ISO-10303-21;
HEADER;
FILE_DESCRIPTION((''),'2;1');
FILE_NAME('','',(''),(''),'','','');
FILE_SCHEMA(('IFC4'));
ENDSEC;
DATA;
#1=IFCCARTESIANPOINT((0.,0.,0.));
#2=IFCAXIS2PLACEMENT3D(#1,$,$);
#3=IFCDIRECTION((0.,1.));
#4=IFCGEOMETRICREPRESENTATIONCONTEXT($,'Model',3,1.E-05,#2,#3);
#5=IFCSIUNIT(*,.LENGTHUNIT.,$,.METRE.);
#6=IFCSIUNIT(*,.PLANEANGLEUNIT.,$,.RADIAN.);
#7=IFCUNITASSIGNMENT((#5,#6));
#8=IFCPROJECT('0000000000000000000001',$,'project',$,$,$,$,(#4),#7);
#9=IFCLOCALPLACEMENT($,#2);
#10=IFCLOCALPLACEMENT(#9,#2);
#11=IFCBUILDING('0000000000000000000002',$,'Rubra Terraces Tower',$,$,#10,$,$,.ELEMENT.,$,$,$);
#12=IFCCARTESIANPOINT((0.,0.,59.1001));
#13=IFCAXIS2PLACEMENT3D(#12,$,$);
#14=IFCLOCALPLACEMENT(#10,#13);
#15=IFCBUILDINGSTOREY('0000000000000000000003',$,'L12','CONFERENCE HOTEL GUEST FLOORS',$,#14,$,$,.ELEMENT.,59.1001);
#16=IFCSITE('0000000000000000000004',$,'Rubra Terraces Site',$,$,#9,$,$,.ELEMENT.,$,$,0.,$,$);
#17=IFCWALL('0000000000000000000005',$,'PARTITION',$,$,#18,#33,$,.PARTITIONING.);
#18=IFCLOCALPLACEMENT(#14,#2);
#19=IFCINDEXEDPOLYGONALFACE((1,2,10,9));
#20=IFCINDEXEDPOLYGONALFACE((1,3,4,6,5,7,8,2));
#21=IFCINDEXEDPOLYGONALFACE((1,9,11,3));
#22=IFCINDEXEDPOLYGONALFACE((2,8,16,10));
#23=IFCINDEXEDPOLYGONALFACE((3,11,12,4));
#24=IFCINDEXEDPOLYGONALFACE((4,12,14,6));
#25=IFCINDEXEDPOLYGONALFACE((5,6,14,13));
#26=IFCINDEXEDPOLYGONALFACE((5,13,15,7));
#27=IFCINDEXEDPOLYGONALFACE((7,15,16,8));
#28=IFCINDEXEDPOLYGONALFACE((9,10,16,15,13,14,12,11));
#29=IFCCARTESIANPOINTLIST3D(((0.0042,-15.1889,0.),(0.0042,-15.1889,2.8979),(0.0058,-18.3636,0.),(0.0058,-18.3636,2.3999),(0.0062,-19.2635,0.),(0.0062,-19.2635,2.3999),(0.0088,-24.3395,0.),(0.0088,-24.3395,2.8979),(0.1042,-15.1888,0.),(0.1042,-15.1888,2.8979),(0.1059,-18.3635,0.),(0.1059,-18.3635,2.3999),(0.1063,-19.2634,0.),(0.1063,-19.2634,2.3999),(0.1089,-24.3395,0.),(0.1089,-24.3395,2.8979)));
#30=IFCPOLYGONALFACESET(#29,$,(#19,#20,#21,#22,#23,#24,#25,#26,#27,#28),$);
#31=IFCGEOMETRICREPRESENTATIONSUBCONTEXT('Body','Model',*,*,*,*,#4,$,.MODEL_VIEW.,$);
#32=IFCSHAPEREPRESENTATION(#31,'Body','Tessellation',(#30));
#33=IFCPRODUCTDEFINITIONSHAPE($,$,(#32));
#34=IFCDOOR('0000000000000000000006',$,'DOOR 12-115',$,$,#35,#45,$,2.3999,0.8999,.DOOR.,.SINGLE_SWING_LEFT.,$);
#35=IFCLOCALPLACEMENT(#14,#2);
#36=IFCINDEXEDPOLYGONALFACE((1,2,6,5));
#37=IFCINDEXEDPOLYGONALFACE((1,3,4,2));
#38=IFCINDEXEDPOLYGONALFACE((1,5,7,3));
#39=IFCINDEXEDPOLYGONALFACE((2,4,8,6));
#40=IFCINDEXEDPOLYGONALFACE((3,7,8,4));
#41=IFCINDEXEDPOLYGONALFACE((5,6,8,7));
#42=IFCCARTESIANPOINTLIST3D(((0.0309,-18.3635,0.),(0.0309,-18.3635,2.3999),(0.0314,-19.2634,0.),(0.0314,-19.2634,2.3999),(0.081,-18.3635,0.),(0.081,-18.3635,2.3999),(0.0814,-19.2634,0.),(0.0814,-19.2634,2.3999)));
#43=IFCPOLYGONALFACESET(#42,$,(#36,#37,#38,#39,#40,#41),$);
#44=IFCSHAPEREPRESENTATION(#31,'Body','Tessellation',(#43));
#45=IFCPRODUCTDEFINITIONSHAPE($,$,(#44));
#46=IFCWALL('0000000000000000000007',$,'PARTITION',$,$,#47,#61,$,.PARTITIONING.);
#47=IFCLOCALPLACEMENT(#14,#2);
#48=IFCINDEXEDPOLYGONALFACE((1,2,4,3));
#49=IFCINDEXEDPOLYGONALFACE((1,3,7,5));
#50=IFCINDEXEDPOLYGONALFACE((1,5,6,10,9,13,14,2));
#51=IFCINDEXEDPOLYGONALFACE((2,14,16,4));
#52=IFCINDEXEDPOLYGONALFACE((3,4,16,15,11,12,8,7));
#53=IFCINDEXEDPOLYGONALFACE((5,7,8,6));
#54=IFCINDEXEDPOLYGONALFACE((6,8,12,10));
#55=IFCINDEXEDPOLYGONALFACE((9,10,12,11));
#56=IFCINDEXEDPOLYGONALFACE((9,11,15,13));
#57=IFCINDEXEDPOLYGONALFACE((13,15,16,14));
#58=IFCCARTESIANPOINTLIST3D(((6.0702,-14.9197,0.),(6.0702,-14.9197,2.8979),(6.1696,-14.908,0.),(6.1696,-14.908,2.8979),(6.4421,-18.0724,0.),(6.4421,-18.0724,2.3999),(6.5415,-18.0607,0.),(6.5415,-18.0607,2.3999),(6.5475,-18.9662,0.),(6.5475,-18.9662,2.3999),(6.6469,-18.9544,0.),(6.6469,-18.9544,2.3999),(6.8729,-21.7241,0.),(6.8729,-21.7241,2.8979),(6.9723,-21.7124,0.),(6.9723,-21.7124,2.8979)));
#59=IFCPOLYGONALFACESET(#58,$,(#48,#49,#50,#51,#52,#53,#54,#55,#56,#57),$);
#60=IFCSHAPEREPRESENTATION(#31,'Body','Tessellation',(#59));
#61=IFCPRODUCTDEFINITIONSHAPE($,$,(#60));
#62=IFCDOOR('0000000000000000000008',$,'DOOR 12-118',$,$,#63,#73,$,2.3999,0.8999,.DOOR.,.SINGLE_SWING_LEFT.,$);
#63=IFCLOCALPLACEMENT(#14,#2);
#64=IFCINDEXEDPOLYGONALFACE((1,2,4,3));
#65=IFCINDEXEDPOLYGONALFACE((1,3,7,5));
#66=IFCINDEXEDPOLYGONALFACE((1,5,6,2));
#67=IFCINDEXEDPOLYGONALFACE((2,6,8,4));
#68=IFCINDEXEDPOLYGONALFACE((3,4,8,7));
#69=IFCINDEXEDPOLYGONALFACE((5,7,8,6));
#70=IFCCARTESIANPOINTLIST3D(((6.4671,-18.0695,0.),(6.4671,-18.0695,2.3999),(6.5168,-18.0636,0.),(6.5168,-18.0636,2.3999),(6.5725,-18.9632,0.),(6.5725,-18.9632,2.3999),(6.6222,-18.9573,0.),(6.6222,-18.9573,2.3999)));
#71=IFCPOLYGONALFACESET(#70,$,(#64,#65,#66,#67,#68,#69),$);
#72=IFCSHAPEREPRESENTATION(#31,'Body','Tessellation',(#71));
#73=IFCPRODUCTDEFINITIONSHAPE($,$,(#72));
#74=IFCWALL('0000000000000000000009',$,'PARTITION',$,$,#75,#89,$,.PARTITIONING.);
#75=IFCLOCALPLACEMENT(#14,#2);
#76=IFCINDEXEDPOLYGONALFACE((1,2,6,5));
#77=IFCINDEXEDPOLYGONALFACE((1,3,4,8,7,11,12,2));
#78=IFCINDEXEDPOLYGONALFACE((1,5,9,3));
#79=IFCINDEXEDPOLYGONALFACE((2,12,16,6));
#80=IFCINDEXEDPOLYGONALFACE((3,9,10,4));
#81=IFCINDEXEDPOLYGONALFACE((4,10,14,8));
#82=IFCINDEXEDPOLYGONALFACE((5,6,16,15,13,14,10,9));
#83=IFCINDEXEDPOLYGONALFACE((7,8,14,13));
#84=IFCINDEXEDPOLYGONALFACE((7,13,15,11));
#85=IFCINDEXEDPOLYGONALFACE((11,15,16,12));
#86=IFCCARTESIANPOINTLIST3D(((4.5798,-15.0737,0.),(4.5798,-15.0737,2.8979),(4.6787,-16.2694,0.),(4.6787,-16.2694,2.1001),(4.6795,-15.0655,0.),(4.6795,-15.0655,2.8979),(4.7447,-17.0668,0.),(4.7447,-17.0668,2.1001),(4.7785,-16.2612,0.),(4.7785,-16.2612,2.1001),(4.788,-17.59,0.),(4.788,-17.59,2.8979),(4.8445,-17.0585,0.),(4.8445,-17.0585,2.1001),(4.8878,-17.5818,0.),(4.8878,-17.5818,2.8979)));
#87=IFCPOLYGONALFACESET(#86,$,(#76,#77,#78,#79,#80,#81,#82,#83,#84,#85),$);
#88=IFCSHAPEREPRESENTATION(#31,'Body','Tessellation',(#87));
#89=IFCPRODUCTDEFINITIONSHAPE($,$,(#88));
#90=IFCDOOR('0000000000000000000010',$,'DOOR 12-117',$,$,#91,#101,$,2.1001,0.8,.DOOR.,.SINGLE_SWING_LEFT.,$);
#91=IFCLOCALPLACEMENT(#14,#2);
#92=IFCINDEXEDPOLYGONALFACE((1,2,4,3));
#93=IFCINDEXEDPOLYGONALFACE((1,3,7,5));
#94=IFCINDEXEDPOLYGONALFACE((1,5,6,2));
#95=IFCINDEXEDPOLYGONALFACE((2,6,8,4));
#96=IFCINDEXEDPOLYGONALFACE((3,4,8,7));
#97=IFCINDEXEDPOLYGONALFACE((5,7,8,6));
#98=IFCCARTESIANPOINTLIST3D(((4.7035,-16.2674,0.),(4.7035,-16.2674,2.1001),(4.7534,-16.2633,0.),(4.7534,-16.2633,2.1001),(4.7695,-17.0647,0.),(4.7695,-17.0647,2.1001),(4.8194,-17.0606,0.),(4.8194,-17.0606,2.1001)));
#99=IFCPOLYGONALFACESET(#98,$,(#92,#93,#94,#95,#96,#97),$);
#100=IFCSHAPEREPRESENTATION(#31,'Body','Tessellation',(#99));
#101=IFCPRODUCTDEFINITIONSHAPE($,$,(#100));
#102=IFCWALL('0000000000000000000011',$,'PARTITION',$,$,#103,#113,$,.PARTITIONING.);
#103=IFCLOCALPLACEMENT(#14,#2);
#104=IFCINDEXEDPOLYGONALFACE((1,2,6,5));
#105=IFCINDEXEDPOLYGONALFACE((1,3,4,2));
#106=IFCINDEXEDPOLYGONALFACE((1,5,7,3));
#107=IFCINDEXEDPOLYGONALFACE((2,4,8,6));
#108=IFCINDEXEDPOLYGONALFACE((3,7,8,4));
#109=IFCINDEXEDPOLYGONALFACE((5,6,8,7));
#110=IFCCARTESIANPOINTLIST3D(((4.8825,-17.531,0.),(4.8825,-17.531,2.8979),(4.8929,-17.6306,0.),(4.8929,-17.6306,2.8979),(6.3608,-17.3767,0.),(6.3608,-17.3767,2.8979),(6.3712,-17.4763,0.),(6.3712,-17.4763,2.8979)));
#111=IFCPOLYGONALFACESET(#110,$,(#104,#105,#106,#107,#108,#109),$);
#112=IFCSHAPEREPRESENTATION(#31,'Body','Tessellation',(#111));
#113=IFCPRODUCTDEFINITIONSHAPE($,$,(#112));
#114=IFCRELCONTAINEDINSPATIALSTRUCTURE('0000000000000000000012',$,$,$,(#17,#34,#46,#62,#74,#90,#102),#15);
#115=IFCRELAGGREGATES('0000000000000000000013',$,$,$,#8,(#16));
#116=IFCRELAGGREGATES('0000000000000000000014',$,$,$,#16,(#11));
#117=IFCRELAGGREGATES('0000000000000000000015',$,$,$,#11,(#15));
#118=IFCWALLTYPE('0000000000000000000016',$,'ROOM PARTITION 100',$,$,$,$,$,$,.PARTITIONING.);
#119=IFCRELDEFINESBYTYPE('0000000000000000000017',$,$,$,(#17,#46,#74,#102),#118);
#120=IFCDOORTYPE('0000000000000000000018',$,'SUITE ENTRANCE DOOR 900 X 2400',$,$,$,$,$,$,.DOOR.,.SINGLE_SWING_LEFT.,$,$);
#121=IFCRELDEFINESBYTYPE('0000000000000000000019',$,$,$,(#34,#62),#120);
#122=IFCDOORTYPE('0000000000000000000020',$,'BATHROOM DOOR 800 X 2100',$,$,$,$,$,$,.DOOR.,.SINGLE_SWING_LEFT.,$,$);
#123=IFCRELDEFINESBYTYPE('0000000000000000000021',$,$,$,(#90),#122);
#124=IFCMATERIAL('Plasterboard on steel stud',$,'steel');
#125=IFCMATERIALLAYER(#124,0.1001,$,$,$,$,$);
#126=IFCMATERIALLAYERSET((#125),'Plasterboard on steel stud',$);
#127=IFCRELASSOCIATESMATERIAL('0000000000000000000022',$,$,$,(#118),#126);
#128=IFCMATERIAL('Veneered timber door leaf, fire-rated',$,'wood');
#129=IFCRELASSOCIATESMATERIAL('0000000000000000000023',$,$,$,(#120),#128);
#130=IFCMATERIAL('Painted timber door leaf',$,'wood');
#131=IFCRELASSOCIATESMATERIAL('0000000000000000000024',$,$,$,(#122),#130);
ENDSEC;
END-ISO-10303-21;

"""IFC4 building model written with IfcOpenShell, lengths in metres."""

from ifc_helpers import new_model, si_unit, direction, frame, frame_2d, origin, place, context, subcontext, project, spatial, rectangle, extrude, material, layer, layer_set, type_object, element, fill, save


model = new_model("IFC4")

# Units and contexts
model_context = context("Model", 3, precision=1e-05, world=origin(), true_north=direction((0.0, 1.0)))
body_context = subcontext(model_context, "Body", "Model", "MODEL_VIEW")
ifc_project = project(units=[si_unit("LENGTHUNIT", "METRE"), si_unit("PLANEANGLEUNIT", "RADIAN")], contexts=[model_context])

# Site, building, storey
site_placement = place(None, origin())
site = spatial("IfcSite", under=ifc_project, at=site_placement, Name="Rubra Terraces Site", CompositionType="ELEMENT", RefElevation=0.0)
building_placement = place(site_placement, origin())
building = spatial("IfcBuilding", under=site, at=building_placement, Name="Rubra Terraces Tower", CompositionType="ELEMENT")
storey_placement = place(building_placement, frame((0.0, 0.0, 59.1001)))
storey = spatial("IfcBuildingStorey", under=building, at=storey_placement, Name="L12", Description="CONFERENCE HOTEL GUEST FLOORS", CompositionType="ELEMENT", Elevation=59.1001)

# Walls, openings, doors
ifc_material_1 = material(Name="Plasterboard on steel stud", Category="steel")
ifc_layer_1 = layer(ifc_material_1, 0.1001)
ifc_layer_set_1 = layer_set([ifc_layer_1], Name="Plasterboard on steel stud")
wall_type_1 = type_object("IfcWallType", Name="ROOM PARTITION 100", PredefinedType="PARTITIONING", material=ifc_layer_set_1)
wall_1_placement = place(storey_placement, frame((0.0588, -24.3394, 0.0), z_axis=(0.0, 0.0, 1.0), x_axis=(-0.000507, 1.0, 0.0)))
wall_1 = element("IfcWall", 1, at=wall_1_placement, inside=storey, type_object=wall_type_1, Name="PARTITION", PredefinedType="PARTITIONING", context=body_context, shape_type="SweptSolid", body=[
    extrude(rectangle(XDim=9.1506, YDim=0.1001, at=frame_2d((4.5752, 0.0))), origin(), (0.0, 0.0, 1.0), 2.8979),
])
opening_1_placement = place(wall_1_placement, frame((5.0759, 0.0, 0.0)))
opening_1 = element("IfcOpeningElement", 2, at=opening_1_placement, cuts=wall_1, PredefinedType="OPENING", context=body_context, shape_type="SweptSolid", body=[
    extrude(rectangle(XDim=0.8999, YDim=2.3999, at=frame_2d((0.45, 1.2))), frame((0.0, 0.0601, 0.0), z_axis=(0.0, -1.0, 0.0), x_axis=(1.0, 0.0, 0.0)), (0.0, 0.0, 1.0), 0.1201),
])
ifc_material_2 = material(Name="Veneered timber door leaf, fire-rated", Category="wood")
door_type_1 = type_object("IfcDoorType", Name="SUITE ENTRANCE DOOR 900 X 2400", OperationType="SINGLE_SWING_LEFT", PredefinedType="DOOR", material=ifc_material_2)
door_1_placement = place(opening_1_placement, origin())
door_1 = element("IfcDoor", 3, at=door_1_placement, inside=storey, type_object=door_type_1, Name="DOOR 12-115", OperationType="SINGLE_SWING_LEFT", OverallHeight=2.3999, OverallWidth=0.8999, PredefinedType="DOOR", context=body_context, shape_type="SweptSolid", body=[
    extrude(rectangle(XDim=0.8999, YDim=2.3999, at=frame_2d((0.45, 1.2))), frame((0.0, 0.0249, 0.0), z_axis=(0.0, -1.0, 0.0), x_axis=(1.0, 0.0, 0.0)), (0.0, 0.0, 1.0), 0.05),
])
fill(opening_1, door_1)
wall_2_placement = place(storey_placement, frame((6.9226, -21.7183, 0.0), z_axis=(0.0, 0.0, 1.0), x_axis=(-0.11716, 0.993113, 0.0)))
wall_2 = element("IfcWall", 4, at=wall_2_placement, inside=storey, type_object=wall_type_1, Name="PARTITION", PredefinedType="PARTITIONING", context=body_context, shape_type="SweptSolid", body=[
    extrude(rectangle(XDim=6.8516, YDim=0.1001, at=frame_2d((3.4258, 0.0))), origin(), (0.0, 0.0, 1.0), 2.8979),
])
opening_2_placement = place(wall_2_placement, frame((2.7771, 0.0, 0.0)))
opening_2 = element("IfcOpeningElement", 5, at=opening_2_placement, cuts=wall_2, PredefinedType="OPENING", context=body_context, shape_type="SweptSolid", body=[
    extrude(rectangle(XDim=0.8999, YDim=2.3999, at=frame_2d((0.45, 1.2))), frame((0.0, 0.0601, 0.0), z_axis=(0.0, -1.0, 0.0), x_axis=(1.0, 0.0, 0.0)), (0.0, 0.0, 1.0), 0.1201),
])
door_2_placement = place(opening_2_placement, origin())
door_2 = element("IfcDoor", 6, at=door_2_placement, inside=storey, type_object=door_type_1, Name="DOOR 12-118", OperationType="SINGLE_SWING_LEFT", OverallHeight=2.3999, OverallWidth=0.8999, PredefinedType="DOOR", context=body_context, shape_type="SweptSolid", body=[
    extrude(rectangle(XDim=0.8999, YDim=2.3999, at=frame_2d((0.45, 1.2))), frame((0.0, 0.0249, 0.0), z_axis=(0.0, -1.0, 0.0), x_axis=(1.0, 0.0, 0.0)), (0.0, 0.0, 1.0), 0.05),
])
fill(opening_2, door_2)
wall_3_placement = place(storey_placement, frame((4.6296, -15.0696, 0.0), z_axis=(0.0, 0.0, 1.0), x_axis=(0.082477, -0.996593, 0.0)))
wall_3 = element("IfcWall", 7, at=wall_3_placement, inside=storey, type_object=wall_type_1, Name="PARTITION", PredefinedType="PARTITIONING", context=body_context, shape_type="SweptSolid", body=[
    extrude(rectangle(XDim=2.5249, YDim=0.1001, at=frame_2d((1.2625, 0.0))), origin(), (0.0, 0.0, 1.0), 2.8979),
])
opening_3_placement = place(wall_3_placement, frame((1.2, 0.0, 0.0)))
opening_3 = element("IfcOpeningElement", 8, at=opening_3_placement, cuts=wall_3, PredefinedType="OPENING", context=body_context, shape_type="SweptSolid", body=[
    extrude(rectangle(XDim=0.8, YDim=2.1001, at=frame_2d((0.3999, 1.05))), frame((0.0, 0.0601, 0.0), z_axis=(0.0, -1.0, 0.0), x_axis=(1.0, 0.0, 0.0)), (0.0, 0.0, 1.0), 0.1201),
])
ifc_material_3 = material(Name="Painted timber door leaf", Category="wood")
door_type_2 = type_object("IfcDoorType", Name="BATHROOM DOOR 800 X 2100", OperationType="SINGLE_SWING_LEFT", PredefinedType="DOOR", material=ifc_material_3)
door_3_placement = place(opening_3_placement, origin())
door_3 = element("IfcDoor", 9, at=door_3_placement, inside=storey, type_object=door_type_2, Name="DOOR 12-117", OperationType="SINGLE_SWING_LEFT", OverallHeight=2.1001, OverallWidth=0.8, PredefinedType="DOOR", context=body_context, shape_type="SweptSolid", body=[
    extrude(rectangle(XDim=0.8, YDim=2.1001, at=frame_2d((0.3999, 1.05))), frame((0.0, 0.0249, 0.0), z_axis=(0.0, -1.0, 0.0), x_axis=(1.0, 0.0, 0.0)), (0.0, 0.0, 1.0), 0.05),
])
fill(opening_3, door_3)

# Wall
wall_4_placement = place(storey_placement, frame((4.8877, -17.5808, 0.0), z_axis=(0.0, 0.0, 1.0), x_axis=(0.994597, 0.103813, 0.0)))
element("IfcWall", 10, at=wall_4_placement, inside=storey, type_object=wall_type_1, Name="PARTITION", PredefinedType="PARTITIONING", context=body_context, shape_type="SweptSolid", body=[
    extrude(rectangle(XDim=1.4863, YDim=0.1001, at=frame_2d((0.7432, 0.0))), origin(), (0.0, 0.0, 1.0), 2.8979),
])

save(model, "model.ifc")
